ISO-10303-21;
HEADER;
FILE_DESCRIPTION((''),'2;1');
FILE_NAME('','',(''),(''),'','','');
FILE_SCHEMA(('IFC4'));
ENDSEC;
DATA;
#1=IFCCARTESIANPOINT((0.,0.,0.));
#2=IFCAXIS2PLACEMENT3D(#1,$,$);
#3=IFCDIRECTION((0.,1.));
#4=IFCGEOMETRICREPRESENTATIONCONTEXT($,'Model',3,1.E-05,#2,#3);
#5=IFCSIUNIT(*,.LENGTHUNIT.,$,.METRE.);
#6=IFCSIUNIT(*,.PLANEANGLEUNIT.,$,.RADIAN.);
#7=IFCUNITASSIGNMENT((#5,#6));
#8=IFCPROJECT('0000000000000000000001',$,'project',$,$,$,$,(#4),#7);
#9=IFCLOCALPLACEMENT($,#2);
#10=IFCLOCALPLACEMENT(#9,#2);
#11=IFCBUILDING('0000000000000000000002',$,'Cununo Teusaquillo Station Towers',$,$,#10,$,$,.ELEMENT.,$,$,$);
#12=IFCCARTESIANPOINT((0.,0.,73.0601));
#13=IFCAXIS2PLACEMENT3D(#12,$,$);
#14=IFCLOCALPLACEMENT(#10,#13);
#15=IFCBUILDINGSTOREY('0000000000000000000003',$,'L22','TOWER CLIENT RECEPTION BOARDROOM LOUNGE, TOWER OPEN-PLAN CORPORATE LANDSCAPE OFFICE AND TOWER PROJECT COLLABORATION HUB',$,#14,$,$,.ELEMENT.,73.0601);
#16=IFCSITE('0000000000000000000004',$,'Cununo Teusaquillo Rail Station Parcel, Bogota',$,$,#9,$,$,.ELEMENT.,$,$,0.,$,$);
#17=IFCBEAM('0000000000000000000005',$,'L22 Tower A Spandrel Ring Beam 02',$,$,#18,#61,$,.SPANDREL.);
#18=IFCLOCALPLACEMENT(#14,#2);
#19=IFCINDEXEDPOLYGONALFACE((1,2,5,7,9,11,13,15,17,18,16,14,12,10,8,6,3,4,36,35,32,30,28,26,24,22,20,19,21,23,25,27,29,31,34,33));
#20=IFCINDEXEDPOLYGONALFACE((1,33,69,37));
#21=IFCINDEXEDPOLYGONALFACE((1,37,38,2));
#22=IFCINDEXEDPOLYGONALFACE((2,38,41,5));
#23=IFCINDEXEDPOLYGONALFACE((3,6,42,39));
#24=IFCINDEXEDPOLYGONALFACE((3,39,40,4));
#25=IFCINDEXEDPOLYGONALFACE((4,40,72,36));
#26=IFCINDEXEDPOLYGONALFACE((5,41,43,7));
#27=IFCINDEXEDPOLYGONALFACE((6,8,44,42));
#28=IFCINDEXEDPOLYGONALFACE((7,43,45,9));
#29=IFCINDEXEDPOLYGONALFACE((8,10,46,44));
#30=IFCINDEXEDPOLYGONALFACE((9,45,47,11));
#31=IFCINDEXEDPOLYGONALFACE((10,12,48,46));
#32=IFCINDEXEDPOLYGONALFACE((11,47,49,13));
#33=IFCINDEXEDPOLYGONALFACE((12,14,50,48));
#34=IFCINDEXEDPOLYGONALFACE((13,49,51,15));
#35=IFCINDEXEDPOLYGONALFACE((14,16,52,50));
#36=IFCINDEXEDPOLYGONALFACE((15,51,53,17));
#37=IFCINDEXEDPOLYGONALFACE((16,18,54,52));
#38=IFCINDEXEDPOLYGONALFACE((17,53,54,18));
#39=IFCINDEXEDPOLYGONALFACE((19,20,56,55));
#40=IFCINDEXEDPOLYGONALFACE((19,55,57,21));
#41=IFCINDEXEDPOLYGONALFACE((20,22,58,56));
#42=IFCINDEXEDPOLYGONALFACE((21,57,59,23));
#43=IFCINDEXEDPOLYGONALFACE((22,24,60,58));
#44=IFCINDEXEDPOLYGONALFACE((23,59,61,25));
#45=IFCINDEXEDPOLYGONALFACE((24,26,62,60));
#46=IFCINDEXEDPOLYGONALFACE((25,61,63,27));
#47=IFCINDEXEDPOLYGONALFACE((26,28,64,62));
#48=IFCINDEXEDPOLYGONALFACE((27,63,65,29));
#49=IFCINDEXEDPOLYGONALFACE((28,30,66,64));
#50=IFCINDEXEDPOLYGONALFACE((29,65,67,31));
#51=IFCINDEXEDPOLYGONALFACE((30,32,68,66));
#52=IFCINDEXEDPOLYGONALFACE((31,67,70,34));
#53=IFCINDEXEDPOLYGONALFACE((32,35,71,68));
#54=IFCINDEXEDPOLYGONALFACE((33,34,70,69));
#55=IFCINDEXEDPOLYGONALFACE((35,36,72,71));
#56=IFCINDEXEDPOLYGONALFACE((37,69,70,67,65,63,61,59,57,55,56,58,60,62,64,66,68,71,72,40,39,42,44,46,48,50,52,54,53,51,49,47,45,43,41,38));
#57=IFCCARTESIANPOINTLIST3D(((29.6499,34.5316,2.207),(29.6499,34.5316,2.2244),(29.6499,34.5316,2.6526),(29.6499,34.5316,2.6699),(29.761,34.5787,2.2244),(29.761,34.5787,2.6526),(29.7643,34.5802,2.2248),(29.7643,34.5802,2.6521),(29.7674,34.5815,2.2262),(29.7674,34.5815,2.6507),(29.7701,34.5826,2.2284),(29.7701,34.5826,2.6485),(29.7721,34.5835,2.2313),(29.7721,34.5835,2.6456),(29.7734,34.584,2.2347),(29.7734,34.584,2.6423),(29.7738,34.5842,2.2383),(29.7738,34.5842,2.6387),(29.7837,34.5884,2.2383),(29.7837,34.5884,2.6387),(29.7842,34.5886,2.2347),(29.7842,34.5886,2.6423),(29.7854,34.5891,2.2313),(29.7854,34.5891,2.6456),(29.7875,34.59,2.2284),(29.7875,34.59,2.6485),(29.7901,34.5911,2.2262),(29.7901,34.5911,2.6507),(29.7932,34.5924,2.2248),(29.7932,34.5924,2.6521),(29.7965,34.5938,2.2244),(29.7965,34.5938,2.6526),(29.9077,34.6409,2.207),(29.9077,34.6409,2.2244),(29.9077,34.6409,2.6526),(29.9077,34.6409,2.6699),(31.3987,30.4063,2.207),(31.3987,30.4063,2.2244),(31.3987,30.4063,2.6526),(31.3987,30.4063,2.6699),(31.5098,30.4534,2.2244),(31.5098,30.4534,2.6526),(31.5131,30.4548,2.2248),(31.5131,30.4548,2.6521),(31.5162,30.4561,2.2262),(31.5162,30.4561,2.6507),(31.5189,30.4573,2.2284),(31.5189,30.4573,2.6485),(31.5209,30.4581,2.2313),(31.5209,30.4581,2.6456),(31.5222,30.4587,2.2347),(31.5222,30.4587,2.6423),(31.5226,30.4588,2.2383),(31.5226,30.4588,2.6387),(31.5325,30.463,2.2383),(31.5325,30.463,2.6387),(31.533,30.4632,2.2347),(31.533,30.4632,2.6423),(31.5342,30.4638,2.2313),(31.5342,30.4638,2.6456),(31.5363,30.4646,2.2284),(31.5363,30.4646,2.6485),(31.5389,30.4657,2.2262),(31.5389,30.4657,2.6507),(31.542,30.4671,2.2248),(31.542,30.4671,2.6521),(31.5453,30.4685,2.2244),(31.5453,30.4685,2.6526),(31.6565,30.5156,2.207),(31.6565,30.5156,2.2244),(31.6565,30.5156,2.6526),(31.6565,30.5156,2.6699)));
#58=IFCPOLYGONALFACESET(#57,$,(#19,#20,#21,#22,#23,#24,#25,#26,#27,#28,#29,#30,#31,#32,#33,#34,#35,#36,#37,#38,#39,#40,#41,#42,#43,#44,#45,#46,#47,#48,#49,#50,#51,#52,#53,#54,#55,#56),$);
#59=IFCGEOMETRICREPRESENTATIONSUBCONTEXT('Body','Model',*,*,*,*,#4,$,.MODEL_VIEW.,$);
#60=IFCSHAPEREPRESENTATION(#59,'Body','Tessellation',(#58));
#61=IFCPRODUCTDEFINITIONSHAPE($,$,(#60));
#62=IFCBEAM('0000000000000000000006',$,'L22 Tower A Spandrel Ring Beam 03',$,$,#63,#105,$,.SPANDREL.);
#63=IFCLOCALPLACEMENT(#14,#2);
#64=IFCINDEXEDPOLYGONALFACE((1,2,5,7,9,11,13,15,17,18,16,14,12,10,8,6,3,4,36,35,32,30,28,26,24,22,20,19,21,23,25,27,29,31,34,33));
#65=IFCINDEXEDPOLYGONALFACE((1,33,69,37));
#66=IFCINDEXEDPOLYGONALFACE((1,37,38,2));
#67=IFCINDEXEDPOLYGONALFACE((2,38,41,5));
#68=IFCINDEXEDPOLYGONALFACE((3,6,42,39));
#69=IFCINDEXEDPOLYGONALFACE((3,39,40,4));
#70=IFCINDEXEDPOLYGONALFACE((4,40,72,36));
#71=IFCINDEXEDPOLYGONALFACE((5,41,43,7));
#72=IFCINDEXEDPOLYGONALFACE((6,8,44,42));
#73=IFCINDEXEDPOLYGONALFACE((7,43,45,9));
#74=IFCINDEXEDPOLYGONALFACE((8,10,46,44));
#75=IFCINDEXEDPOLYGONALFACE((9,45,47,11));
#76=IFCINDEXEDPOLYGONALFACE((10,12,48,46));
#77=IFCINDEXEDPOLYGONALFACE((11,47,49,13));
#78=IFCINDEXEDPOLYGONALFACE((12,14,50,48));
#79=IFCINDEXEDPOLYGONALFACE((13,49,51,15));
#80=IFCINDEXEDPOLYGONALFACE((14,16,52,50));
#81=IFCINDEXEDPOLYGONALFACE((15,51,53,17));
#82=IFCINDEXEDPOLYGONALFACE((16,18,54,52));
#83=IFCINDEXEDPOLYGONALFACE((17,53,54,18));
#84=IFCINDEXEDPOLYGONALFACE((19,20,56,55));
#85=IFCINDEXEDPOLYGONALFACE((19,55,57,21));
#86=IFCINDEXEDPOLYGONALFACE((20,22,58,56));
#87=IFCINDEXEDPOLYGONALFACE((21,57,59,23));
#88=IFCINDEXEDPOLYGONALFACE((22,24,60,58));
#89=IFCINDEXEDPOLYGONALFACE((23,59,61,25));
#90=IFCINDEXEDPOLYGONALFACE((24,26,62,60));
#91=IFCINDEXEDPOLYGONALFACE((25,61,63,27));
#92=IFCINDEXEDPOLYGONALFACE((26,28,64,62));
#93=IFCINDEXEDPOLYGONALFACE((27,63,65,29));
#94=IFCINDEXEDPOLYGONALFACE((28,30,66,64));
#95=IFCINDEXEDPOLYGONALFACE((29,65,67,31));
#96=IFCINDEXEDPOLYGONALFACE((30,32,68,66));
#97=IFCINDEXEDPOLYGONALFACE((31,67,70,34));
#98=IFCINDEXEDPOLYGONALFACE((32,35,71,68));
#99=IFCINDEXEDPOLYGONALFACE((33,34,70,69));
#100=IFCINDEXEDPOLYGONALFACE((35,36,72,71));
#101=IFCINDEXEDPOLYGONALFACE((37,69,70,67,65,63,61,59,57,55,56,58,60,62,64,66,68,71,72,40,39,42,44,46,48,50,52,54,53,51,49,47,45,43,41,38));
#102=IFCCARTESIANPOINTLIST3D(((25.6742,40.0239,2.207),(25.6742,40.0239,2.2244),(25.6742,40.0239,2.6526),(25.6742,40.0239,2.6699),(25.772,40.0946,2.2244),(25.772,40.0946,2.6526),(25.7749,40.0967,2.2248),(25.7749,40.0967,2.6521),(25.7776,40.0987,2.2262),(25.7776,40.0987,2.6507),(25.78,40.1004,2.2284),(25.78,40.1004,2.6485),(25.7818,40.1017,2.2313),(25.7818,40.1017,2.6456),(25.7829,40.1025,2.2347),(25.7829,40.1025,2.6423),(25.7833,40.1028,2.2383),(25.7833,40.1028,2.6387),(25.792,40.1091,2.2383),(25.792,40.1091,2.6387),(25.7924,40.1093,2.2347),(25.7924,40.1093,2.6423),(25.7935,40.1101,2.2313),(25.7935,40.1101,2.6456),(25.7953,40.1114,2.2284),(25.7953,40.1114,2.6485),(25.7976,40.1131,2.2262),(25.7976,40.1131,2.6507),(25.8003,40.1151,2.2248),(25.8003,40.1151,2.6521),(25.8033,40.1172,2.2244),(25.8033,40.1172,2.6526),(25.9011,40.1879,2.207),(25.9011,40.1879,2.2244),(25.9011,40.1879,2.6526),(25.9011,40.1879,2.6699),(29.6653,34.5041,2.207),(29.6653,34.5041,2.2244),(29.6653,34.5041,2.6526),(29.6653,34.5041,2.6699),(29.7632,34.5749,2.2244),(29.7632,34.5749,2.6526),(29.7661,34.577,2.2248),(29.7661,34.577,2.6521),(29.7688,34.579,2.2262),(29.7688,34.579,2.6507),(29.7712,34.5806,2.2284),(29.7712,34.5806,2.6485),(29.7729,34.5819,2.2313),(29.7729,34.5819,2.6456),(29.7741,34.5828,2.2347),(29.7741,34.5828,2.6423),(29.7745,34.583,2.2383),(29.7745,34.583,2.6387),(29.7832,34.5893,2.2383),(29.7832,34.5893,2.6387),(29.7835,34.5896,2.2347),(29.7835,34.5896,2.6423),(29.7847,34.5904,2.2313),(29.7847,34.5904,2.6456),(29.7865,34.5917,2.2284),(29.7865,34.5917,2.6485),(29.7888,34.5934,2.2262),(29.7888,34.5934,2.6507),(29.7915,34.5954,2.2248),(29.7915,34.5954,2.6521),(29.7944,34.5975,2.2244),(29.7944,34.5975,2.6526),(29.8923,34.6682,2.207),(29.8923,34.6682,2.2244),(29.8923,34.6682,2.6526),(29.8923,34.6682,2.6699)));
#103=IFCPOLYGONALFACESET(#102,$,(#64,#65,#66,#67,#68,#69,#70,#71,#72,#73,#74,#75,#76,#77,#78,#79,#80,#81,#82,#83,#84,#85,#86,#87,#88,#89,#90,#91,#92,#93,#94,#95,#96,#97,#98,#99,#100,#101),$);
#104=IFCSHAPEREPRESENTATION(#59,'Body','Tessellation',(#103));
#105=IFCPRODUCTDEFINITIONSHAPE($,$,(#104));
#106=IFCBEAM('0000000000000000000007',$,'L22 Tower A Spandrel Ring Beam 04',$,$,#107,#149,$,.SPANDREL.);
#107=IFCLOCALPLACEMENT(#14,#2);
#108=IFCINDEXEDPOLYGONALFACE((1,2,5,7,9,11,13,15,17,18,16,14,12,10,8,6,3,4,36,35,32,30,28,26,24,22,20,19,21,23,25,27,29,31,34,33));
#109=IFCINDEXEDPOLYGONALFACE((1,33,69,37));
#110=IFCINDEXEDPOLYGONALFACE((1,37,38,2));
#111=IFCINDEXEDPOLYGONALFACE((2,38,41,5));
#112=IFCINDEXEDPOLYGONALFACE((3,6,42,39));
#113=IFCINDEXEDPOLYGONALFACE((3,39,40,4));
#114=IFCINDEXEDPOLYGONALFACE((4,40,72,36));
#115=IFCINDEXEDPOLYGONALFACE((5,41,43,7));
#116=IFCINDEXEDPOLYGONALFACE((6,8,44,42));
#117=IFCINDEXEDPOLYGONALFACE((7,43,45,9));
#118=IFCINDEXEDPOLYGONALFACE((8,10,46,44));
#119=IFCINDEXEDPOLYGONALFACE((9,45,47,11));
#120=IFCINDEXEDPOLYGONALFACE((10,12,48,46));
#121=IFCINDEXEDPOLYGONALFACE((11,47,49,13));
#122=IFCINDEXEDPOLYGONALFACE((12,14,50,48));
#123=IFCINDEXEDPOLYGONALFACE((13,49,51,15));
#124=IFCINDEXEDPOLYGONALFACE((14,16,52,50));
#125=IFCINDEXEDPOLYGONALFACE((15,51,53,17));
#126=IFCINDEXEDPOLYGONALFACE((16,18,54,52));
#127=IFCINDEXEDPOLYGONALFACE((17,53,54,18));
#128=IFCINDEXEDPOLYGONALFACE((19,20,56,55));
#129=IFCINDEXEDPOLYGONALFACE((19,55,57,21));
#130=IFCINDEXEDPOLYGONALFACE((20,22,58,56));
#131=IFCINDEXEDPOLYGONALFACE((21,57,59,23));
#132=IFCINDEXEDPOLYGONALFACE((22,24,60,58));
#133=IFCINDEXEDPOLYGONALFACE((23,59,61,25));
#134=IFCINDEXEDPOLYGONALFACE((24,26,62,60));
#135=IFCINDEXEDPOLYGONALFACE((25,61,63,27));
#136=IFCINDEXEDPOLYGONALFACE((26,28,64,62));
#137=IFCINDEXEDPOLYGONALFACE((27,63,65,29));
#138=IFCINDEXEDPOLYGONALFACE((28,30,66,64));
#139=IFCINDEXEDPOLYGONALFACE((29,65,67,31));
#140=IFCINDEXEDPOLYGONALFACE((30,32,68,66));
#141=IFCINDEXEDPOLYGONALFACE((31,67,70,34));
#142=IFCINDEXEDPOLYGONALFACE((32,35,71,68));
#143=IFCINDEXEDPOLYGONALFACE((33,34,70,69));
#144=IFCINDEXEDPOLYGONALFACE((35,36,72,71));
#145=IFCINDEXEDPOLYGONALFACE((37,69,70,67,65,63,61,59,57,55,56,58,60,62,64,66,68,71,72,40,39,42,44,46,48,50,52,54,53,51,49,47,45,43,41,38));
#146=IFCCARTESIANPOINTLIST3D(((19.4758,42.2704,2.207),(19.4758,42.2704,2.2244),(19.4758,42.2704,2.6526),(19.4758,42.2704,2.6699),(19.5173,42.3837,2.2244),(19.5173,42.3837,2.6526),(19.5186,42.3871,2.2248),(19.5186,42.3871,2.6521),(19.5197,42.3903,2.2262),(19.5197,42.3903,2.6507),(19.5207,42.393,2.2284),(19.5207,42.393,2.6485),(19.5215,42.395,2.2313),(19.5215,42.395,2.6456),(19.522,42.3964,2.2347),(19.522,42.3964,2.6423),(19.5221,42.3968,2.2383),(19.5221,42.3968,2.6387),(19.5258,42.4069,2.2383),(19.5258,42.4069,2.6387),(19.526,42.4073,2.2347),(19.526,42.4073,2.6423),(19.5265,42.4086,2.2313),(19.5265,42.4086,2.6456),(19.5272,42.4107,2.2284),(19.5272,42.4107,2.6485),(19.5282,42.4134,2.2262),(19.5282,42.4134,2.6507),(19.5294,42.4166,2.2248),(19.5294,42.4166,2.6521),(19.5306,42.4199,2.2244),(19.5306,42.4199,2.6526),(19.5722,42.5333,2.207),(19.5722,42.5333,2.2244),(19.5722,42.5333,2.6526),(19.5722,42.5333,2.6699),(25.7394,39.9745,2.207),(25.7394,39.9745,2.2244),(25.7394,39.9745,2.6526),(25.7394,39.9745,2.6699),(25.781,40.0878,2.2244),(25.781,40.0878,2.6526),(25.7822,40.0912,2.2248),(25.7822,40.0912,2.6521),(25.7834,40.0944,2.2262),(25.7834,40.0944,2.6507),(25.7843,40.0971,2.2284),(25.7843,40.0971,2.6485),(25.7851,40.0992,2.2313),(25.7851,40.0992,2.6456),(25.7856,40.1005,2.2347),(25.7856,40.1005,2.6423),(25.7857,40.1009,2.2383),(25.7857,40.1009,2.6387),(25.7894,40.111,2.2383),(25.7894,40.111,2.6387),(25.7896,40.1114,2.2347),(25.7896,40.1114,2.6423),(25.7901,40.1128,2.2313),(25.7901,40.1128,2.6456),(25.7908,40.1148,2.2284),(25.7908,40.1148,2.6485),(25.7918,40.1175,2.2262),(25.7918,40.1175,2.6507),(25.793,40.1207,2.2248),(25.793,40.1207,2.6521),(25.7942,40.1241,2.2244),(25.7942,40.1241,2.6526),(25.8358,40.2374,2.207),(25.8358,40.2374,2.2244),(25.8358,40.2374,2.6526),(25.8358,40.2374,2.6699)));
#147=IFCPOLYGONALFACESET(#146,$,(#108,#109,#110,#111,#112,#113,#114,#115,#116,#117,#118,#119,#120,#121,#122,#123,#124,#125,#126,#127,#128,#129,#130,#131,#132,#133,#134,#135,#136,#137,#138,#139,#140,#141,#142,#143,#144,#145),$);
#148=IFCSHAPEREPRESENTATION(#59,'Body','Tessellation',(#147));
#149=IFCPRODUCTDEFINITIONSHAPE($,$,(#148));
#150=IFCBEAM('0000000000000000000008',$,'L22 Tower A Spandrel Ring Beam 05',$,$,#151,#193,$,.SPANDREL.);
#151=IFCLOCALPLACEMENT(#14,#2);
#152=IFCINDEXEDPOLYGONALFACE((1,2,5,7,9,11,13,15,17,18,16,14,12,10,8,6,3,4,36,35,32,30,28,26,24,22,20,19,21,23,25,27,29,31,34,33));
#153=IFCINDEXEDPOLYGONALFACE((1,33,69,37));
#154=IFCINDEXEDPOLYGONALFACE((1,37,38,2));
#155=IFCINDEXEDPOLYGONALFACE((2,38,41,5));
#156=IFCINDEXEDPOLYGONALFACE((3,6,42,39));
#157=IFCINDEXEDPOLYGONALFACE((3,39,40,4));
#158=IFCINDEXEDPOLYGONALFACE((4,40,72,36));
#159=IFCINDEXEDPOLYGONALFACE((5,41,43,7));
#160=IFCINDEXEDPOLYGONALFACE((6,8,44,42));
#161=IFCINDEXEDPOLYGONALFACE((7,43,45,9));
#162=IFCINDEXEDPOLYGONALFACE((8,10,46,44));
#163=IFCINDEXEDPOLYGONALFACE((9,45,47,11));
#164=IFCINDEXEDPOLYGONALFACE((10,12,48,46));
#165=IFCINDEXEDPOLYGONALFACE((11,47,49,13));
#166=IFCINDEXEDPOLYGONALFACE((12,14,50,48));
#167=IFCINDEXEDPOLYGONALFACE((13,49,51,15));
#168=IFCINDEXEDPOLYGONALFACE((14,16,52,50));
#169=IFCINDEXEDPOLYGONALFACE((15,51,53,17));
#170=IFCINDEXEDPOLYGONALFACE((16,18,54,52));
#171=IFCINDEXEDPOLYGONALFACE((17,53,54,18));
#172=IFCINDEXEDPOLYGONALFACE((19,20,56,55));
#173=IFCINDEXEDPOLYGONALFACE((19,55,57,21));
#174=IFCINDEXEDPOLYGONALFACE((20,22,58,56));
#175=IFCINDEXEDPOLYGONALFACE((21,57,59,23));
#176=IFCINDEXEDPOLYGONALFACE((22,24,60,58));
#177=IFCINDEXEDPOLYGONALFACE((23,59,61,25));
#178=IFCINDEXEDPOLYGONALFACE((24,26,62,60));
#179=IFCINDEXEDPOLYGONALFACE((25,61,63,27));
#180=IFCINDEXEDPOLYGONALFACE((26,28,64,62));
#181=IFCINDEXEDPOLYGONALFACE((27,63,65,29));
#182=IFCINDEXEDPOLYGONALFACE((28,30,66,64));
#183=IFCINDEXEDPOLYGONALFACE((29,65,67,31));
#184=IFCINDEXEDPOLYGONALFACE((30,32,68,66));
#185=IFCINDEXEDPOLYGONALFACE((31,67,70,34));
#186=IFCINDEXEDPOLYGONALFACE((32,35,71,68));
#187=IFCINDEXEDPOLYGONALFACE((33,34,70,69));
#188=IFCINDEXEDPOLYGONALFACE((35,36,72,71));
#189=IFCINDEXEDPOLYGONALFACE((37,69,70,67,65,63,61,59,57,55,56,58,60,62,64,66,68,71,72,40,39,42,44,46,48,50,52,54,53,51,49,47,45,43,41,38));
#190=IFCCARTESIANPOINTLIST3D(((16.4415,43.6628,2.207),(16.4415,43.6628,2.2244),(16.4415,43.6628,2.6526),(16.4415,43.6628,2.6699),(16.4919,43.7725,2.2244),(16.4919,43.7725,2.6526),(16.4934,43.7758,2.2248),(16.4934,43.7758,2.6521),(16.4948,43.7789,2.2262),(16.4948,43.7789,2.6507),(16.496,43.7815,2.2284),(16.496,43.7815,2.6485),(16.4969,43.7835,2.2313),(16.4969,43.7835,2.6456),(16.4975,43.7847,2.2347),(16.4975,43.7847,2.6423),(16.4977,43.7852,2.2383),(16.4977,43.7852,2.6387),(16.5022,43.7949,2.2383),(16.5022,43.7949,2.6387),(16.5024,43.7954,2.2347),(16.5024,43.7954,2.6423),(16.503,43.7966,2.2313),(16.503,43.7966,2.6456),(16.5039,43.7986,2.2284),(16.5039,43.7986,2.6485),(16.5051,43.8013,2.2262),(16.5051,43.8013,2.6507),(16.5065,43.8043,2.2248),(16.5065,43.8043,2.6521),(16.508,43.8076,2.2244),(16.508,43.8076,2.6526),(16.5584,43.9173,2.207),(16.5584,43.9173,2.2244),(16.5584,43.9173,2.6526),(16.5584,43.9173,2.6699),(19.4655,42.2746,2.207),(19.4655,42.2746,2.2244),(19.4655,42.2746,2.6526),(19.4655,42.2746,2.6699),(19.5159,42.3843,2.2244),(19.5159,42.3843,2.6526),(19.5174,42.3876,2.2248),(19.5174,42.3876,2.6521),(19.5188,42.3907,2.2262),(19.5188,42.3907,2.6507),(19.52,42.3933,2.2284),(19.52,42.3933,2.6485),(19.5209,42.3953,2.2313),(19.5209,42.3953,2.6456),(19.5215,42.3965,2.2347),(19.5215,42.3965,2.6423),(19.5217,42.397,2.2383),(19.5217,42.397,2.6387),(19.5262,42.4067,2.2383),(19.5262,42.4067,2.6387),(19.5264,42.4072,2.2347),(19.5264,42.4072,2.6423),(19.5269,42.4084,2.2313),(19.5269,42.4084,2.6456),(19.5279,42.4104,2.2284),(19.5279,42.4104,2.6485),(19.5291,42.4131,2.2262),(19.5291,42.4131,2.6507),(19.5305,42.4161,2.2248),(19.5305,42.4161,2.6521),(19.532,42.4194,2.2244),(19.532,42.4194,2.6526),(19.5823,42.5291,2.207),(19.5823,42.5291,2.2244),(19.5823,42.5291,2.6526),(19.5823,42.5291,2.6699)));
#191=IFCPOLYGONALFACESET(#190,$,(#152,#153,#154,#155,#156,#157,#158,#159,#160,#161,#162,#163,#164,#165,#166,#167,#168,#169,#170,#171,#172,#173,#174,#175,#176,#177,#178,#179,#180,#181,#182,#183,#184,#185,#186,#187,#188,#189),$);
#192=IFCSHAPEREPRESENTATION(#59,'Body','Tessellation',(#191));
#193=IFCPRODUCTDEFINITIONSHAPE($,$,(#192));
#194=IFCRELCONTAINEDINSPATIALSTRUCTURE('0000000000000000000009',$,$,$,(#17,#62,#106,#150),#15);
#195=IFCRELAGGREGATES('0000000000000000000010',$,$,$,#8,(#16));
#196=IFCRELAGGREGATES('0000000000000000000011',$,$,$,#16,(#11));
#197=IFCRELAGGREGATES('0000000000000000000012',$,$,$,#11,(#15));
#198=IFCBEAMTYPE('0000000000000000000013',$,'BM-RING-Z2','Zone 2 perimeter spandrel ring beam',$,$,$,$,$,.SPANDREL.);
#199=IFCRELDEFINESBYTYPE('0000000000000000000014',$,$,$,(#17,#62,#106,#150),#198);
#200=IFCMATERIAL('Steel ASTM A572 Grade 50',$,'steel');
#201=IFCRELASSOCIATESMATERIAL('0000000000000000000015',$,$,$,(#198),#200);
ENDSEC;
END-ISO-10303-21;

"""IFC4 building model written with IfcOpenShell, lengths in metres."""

from ifc_helpers import new_model, si_unit, direction, frame, origin, origin_2d, place, context, subcontext, project, spatial, i_section, extrude, material, material_profile, profile_set, type_object, element, save


model = new_model("IFC4")

# Units and contexts
model_context = context("Model", 3, precision=1e-05, world=origin(), true_north=direction((0.0, 1.0)))
body_context = subcontext(model_context, "Body", "Model", "MODEL_VIEW")
ifc_project = project(units=[si_unit("LENGTHUNIT", "METRE"), si_unit("PLANEANGLEUNIT", "RADIAN")], contexts=[model_context])

# Site, building, storey
site_placement = place(None, origin())
site = spatial("IfcSite", under=ifc_project, at=site_placement, Name="Cununo Teusaquillo Rail Station Parcel, Bogota", CompositionType="ELEMENT", RefElevation=0.0)
building_placement = place(site_placement, origin())
building = spatial("IfcBuilding", under=site, at=building_placement, Name="Cununo Teusaquillo Station Towers", CompositionType="ELEMENT")
storey_placement = place(building_placement, frame((0.0, 0.0, 73.0601)))
storey = spatial("IfcBuildingStorey", under=building, at=storey_placement, Name="L22", Description="TOWER CLIENT RECEPTION BOARDROOM LOUNGE, TOWER OPEN-PLAN CORPORATE LANDSCAPE OFFICE AND TOWER PROJECT COLLABORATION HUB", CompositionType="ELEMENT", Elevation=73.0601)

# Beams
ifc_material_1 = material(Name="Steel ASTM A572 Grade 50", Category="steel")
ifc_material_profile_1 = material_profile(ifc_material_1, i_section(OverallWidth=0.28, OverallDepth=0.4629, WebThickness=0.0107, FlangeThickness=0.0173, FilletRadius=0.0139, at=origin_2d()), Name="W18X76")
ifc_profile_set_1 = profile_set([ifc_material_profile_1], Name="Steel ASTM A572 Grade 50")
beam_type_1 = type_object("IfcBeamType", Name="BM-RING-Z2", Description="Zone 2 perimeter spandrel ring beam", PredefinedType="SPANDREL", material=ifc_profile_set_1)
beam_1_placement = place(storey_placement, frame((31.5276, 30.4609, 2.4385), z_axis=(-0.390299, 0.920688, 0.0), x_axis=(-0.920688, -0.390299, 0.0)))
element("IfcBeam", 1, at=beam_1_placement, inside=storey, type_object=beam_type_1, Name="L22 Tower A Spandrel Ring Beam 02", PredefinedType="SPANDREL", context=body_context, shape_type="SweptSolid", body=[
    extrude(i_section(OverallWidth=0.28, OverallDepth=0.4629, WebThickness=0.0107, FlangeThickness=0.0173, FilletRadius=0.0139, at=origin_2d()), origin(), (0.0, 0.0, 1.0), 4.4807),
])
beam_2_placement = place(storey_placement, frame((29.7788, 34.5862, 2.4385), z_axis=(-0.585945, 0.810351, 0.0), x_axis=(-0.810351, -0.585945, 0.0)))
element("IfcBeam", 2, at=beam_2_placement, inside=storey, type_object=beam_type_1, Name="L22 Tower A Spandrel Ring Beam 03", PredefinedType="SPANDREL", context=body_context, shape_type="SweptSolid", body=[
    extrude(i_section(OverallWidth=0.28, OverallDepth=0.4629, WebThickness=0.0107, FlangeThickness=0.0173, FilletRadius=0.0139, at=origin_2d()), origin(), (0.0, 0.0, 1.0), 6.8115),
])
beam_3_placement = place(storey_placement, frame((25.7876, 40.106, 2.4385), z_axis=(-0.938914, 0.344151, 0.0), x_axis=(-0.344151, -0.938914, 0.0)))
element("IfcBeam", 3, at=beam_3_placement, inside=storey, type_object=beam_type_1, Name="L22 Tower A Spandrel Ring Beam 04", PredefinedType="SPANDREL", context=body_context, shape_type="SweptSolid", body=[
    extrude(i_section(OverallWidth=0.28, OverallDepth=0.4629, WebThickness=0.0107, FlangeThickness=0.0173, FilletRadius=0.0139, at=origin_2d()), origin(), (0.0, 0.0, 1.0), 6.6711),
])
beam_4_placement = place(storey_placement, frame((19.5239, 42.4019, 2.4385), z_axis=(-0.908812, 0.417205, 0.0), x_axis=(-0.417205, -0.908812, 0.0)))
element("IfcBeam", 4, at=beam_4_placement, inside=storey, type_object=beam_type_1, Name="L22 Tower A Spandrel Ring Beam 05", PredefinedType="SPANDREL", context=body_context, shape_type="SweptSolid", body=[
    extrude(i_section(OverallWidth=0.28, OverallDepth=0.4629, WebThickness=0.0107, FlangeThickness=0.0173, FilletRadius=0.0139, at=origin_2d()), origin(), (0.0, 0.0, 1.0), 3.3274),
])

save(model, "model.ifc")
